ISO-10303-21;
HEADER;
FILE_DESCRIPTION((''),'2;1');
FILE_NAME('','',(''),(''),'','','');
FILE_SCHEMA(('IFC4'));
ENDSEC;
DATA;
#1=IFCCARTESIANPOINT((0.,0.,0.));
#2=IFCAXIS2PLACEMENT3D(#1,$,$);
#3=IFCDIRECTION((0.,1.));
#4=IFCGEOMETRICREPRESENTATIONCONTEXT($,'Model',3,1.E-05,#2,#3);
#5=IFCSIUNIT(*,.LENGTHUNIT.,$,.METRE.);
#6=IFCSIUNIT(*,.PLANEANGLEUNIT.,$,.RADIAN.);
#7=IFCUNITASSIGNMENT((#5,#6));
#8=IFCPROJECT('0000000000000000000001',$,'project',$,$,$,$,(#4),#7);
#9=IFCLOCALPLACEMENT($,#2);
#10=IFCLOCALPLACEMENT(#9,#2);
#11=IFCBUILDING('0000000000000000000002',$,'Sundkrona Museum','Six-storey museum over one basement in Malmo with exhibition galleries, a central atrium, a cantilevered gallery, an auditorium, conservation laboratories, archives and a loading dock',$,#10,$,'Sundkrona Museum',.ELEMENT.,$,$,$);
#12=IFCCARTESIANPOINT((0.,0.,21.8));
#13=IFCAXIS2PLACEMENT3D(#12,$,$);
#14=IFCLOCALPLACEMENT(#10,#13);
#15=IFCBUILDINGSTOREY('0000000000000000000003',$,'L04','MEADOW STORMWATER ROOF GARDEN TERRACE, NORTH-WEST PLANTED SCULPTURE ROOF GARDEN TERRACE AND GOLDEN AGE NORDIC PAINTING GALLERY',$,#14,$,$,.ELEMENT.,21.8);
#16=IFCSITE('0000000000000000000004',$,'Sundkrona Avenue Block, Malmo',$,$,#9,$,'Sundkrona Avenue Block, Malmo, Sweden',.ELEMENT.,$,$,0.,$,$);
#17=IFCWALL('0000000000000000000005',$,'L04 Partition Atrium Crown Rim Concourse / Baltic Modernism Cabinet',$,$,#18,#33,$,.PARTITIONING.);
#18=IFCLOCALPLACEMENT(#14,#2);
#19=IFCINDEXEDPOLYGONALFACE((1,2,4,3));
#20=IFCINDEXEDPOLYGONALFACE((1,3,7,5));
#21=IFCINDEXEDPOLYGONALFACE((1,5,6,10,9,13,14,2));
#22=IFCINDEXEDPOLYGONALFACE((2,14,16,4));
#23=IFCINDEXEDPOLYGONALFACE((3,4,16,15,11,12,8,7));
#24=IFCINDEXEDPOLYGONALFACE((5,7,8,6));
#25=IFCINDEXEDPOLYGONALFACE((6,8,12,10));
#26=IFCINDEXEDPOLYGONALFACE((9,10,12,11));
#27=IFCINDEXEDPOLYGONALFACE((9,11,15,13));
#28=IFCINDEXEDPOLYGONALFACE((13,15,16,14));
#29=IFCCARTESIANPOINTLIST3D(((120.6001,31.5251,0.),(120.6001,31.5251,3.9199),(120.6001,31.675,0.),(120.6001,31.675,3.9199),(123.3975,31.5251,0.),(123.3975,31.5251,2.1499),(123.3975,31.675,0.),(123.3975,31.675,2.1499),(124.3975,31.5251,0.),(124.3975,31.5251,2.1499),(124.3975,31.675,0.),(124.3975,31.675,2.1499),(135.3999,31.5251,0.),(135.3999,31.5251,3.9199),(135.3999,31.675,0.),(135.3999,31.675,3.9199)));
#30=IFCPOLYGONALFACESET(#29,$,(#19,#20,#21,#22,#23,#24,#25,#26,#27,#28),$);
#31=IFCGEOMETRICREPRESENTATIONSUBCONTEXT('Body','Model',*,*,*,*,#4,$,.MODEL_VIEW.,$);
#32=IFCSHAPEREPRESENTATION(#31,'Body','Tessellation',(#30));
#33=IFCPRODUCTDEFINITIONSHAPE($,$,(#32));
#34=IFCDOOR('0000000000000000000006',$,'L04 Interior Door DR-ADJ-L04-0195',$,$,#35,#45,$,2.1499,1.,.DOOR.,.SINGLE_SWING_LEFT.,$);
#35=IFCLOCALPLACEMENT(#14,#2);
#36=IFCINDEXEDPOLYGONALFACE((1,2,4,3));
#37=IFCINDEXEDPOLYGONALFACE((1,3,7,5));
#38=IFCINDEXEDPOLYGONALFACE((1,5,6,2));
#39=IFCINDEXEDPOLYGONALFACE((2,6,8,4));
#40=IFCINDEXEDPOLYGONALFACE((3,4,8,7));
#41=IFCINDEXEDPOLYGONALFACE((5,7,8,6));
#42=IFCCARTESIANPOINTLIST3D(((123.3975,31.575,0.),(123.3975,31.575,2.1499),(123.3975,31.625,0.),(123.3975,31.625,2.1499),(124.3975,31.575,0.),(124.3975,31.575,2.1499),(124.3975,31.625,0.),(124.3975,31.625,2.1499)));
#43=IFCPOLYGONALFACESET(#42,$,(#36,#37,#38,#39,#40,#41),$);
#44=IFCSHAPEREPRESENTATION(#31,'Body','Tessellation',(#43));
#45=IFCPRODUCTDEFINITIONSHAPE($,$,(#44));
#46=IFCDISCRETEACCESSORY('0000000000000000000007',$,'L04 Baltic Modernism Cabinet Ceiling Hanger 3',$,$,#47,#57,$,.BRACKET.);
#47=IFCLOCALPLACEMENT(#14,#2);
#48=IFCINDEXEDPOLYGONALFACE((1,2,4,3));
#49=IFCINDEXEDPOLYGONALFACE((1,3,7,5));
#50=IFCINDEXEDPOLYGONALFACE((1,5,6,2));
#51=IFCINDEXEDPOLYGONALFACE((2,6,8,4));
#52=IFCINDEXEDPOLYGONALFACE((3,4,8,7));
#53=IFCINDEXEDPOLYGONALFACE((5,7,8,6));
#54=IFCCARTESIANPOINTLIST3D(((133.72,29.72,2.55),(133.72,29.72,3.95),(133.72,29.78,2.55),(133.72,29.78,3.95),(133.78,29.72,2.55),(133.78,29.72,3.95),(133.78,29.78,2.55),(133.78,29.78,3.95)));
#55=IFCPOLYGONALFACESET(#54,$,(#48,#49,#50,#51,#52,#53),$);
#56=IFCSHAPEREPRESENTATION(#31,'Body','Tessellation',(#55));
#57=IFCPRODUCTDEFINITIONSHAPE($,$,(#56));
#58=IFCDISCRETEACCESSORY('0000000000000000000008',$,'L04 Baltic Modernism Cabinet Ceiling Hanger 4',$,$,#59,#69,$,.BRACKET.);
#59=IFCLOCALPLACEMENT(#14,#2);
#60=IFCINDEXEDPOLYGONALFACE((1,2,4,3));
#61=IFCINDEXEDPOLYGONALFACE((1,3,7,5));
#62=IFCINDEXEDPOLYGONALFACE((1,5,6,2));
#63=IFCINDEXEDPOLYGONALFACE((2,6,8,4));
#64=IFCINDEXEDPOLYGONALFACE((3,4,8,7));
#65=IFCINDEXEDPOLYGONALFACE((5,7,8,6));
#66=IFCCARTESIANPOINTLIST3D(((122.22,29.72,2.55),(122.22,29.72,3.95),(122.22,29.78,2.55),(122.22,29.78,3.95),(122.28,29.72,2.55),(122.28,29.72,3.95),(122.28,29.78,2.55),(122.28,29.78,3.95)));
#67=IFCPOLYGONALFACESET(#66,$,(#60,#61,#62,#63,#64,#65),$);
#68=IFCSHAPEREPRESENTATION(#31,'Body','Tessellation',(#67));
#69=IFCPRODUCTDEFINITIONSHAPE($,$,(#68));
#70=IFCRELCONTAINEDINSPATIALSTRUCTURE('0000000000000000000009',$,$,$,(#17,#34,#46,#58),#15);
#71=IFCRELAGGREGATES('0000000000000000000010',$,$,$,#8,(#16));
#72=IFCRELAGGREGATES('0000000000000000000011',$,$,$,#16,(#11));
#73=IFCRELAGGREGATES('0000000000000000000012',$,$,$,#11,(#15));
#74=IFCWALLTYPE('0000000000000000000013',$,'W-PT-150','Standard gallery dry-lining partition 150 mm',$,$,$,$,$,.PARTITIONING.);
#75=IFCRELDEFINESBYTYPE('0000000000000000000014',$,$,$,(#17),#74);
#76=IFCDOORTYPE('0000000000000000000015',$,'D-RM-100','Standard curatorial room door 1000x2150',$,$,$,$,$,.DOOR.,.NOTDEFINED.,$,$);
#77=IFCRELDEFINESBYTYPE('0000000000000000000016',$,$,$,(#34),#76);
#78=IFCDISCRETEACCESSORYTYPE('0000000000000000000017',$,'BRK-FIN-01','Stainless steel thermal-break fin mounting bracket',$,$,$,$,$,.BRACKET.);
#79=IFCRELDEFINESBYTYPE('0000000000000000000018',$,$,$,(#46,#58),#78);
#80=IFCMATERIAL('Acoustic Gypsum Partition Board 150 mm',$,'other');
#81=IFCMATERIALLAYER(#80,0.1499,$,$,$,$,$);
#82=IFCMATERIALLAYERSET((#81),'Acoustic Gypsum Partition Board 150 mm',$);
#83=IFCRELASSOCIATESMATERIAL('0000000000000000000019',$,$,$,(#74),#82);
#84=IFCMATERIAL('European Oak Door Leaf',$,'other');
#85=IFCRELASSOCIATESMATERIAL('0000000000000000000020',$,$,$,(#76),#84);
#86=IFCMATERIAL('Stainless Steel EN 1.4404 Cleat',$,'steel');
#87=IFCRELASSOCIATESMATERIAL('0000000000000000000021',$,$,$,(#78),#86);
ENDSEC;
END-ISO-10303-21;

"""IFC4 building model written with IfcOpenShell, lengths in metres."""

from ifc_helpers import new_model, si_unit, direction, frame, frame_2d, origin, origin_2d, place, context, subcontext, project, spatial, rectangle, extrude, material, layer, layer_set, type_object, element, fill, save


model = new_model("IFC4")

# Units and contexts
model_context = context("Model", 3, precision=1e-05, world=origin(), true_north=direction((0.0, 1.0)))
body_context = subcontext(model_context, "Body", "Model", "MODEL_VIEW")
ifc_project = project(units=[si_unit("LENGTHUNIT", "METRE"), si_unit("PLANEANGLEUNIT", "RADIAN")], contexts=[model_context])

# Site, building, storey
site_placement = place(None, origin())
site = spatial("IfcSite", under=ifc_project, at=site_placement, Name="Sundkrona Avenue Block, Malmo", LongName="Sundkrona Avenue Block, Malmo, Sweden", CompositionType="ELEMENT", RefElevation=0.0)
building_placement = place(site_placement, origin())
building = spatial("IfcBuilding", under=site, at=building_placement, Name="Sundkrona Museum", Description="Six-storey museum over one basement in Malmo with exhibition galleries, a central atrium, a cantilevered gallery, an auditorium, conservation laboratories, archives and a loading dock", LongName="Sundkrona Museum", CompositionType="ELEMENT")
storey_placement = place(building_placement, frame((0.0, 0.0, 21.8)))
storey = spatial("IfcBuildingStorey", under=building, at=storey_placement, Name="L04", Description="MEADOW STORMWATER ROOF GARDEN TERRACE, NORTH-WEST PLANTED SCULPTURE ROOF GARDEN TERRACE AND GOLDEN AGE NORDIC PAINTING GALLERY", CompositionType="ELEMENT", Elevation=21.8)

# Shared definitions
ifc_material_1 = material(Name="Acoustic Gypsum Partition Board 150 mm", Category="other")
ifc_layer_1 = layer(ifc_material_1, 0.1499)
ifc_layer_set_1 = layer_set([ifc_layer_1], Name="Acoustic Gypsum Partition Board 150 mm")
wall_type = type_object("IfcWallType", Name="W-PT-150", Description="Standard gallery dry-lining partition 150 mm", PredefinedType="PARTITIONING", material=ifc_layer_set_1)

# Wall, opening, door
wall_1_placement = place(storey_placement, frame((120.6001, 31.6001, 0.0), z_axis=(0.0, 0.0, 1.0), x_axis=(1.0, 0.0, 0.0)))
wall_1 = element("IfcWall", 1, at=wall_1_placement, inside=storey, type_object=wall_type, Name="L04 Partition Atrium Crown Rim Concourse / Baltic Modernism Cabinet", PredefinedType="PARTITIONING", context=body_context, shape_type="SweptSolid", body=[
    extrude(rectangle(XDim=14.7998, YDim=0.1499, at=frame_2d((7.3999, 0.0))), origin(), (0.0, 0.0, 1.0), 3.9199),
])
opening_placement = place(wall_1_placement, frame((2.7974, 0.0, 0.0)))
opening = element("IfcOpeningElement", 2, at=opening_placement, cuts=wall_1, PredefinedType="OPENING", context=body_context, shape_type="SweptSolid", body=[
    extrude(rectangle(XDim=1.0, YDim=2.1499, at=frame_2d((0.5, 1.075))), frame((0.0, 0.085, 0.0), z_axis=(0.0, -1.0, 0.0), x_axis=(1.0, 0.0, 0.0)), (0.0, 0.0, 1.0), 0.1699),
])
ifc_material_2 = material(Name="European Oak Door Leaf", Category="other")
door_type = type_object("IfcDoorType", Name="D-RM-100", Description="Standard curatorial room door 1000x2150", OperationType="NOTDEFINED", PredefinedType="DOOR", material=ifc_material_2)
door_placement = place(opening_placement, origin())
door = element("IfcDoor", 3, at=door_placement, inside=storey, type_object=door_type, Name="L04 Interior Door DR-ADJ-L04-0195", OperationType="SINGLE_SWING_LEFT", OverallHeight=2.1499, OverallWidth=1.0, PredefinedType="DOOR", context=body_context, shape_type="SweptSolid", body=[
    extrude(rectangle(XDim=1.0, YDim=2.1499, at=frame_2d((0.5, 1.075))), frame((0.0, 0.0249, 0.0), z_axis=(0.0, -1.0, 0.0), x_axis=(1.0, 0.0, 0.0)), (0.0, 0.0, 1.0), 0.05),
])
fill(opening, door)

# Discrete accessories
ifc_material_3 = material(Name="Stainless Steel EN 1.4404 Cleat", Category="steel")
discrete_accessory_type = type_object("IfcDiscreteAccessoryType", Name="BRK-FIN-01", Description="Stainless steel thermal-break fin mounting bracket", PredefinedType="BRACKET", material=ifc_material_3)
for number, where, z_axis, x_axis, name in (
    (4, (133.75, 29.75, 2.55), (0.0, 0.0, 1.0), (1.0, 0.0, 0.0), "L04 Baltic Modernism Cabinet Ceiling Hanger 3"),
    (5, (122.25, 29.75, 2.55), (0.0, 0.0, 1.0), (1.0, 0.0, 0.0), "L04 Baltic Modernism Cabinet Ceiling Hanger 4"),
):
    element("IfcDiscreteAccessory", number, at=place(storey_placement, frame(where, z_axis=z_axis, x_axis=x_axis)), inside=storey, type_object=discrete_accessory_type, Name=name, PredefinedType="BRACKET", context=body_context, shape_type="SweptSolid", body=[
        extrude(rectangle(XDim=0.0601, YDim=0.0601, at=origin_2d()), origin(), (0.0, 0.0, 1.0), 1.3999),
    ])

save(model, "model.ifc")
